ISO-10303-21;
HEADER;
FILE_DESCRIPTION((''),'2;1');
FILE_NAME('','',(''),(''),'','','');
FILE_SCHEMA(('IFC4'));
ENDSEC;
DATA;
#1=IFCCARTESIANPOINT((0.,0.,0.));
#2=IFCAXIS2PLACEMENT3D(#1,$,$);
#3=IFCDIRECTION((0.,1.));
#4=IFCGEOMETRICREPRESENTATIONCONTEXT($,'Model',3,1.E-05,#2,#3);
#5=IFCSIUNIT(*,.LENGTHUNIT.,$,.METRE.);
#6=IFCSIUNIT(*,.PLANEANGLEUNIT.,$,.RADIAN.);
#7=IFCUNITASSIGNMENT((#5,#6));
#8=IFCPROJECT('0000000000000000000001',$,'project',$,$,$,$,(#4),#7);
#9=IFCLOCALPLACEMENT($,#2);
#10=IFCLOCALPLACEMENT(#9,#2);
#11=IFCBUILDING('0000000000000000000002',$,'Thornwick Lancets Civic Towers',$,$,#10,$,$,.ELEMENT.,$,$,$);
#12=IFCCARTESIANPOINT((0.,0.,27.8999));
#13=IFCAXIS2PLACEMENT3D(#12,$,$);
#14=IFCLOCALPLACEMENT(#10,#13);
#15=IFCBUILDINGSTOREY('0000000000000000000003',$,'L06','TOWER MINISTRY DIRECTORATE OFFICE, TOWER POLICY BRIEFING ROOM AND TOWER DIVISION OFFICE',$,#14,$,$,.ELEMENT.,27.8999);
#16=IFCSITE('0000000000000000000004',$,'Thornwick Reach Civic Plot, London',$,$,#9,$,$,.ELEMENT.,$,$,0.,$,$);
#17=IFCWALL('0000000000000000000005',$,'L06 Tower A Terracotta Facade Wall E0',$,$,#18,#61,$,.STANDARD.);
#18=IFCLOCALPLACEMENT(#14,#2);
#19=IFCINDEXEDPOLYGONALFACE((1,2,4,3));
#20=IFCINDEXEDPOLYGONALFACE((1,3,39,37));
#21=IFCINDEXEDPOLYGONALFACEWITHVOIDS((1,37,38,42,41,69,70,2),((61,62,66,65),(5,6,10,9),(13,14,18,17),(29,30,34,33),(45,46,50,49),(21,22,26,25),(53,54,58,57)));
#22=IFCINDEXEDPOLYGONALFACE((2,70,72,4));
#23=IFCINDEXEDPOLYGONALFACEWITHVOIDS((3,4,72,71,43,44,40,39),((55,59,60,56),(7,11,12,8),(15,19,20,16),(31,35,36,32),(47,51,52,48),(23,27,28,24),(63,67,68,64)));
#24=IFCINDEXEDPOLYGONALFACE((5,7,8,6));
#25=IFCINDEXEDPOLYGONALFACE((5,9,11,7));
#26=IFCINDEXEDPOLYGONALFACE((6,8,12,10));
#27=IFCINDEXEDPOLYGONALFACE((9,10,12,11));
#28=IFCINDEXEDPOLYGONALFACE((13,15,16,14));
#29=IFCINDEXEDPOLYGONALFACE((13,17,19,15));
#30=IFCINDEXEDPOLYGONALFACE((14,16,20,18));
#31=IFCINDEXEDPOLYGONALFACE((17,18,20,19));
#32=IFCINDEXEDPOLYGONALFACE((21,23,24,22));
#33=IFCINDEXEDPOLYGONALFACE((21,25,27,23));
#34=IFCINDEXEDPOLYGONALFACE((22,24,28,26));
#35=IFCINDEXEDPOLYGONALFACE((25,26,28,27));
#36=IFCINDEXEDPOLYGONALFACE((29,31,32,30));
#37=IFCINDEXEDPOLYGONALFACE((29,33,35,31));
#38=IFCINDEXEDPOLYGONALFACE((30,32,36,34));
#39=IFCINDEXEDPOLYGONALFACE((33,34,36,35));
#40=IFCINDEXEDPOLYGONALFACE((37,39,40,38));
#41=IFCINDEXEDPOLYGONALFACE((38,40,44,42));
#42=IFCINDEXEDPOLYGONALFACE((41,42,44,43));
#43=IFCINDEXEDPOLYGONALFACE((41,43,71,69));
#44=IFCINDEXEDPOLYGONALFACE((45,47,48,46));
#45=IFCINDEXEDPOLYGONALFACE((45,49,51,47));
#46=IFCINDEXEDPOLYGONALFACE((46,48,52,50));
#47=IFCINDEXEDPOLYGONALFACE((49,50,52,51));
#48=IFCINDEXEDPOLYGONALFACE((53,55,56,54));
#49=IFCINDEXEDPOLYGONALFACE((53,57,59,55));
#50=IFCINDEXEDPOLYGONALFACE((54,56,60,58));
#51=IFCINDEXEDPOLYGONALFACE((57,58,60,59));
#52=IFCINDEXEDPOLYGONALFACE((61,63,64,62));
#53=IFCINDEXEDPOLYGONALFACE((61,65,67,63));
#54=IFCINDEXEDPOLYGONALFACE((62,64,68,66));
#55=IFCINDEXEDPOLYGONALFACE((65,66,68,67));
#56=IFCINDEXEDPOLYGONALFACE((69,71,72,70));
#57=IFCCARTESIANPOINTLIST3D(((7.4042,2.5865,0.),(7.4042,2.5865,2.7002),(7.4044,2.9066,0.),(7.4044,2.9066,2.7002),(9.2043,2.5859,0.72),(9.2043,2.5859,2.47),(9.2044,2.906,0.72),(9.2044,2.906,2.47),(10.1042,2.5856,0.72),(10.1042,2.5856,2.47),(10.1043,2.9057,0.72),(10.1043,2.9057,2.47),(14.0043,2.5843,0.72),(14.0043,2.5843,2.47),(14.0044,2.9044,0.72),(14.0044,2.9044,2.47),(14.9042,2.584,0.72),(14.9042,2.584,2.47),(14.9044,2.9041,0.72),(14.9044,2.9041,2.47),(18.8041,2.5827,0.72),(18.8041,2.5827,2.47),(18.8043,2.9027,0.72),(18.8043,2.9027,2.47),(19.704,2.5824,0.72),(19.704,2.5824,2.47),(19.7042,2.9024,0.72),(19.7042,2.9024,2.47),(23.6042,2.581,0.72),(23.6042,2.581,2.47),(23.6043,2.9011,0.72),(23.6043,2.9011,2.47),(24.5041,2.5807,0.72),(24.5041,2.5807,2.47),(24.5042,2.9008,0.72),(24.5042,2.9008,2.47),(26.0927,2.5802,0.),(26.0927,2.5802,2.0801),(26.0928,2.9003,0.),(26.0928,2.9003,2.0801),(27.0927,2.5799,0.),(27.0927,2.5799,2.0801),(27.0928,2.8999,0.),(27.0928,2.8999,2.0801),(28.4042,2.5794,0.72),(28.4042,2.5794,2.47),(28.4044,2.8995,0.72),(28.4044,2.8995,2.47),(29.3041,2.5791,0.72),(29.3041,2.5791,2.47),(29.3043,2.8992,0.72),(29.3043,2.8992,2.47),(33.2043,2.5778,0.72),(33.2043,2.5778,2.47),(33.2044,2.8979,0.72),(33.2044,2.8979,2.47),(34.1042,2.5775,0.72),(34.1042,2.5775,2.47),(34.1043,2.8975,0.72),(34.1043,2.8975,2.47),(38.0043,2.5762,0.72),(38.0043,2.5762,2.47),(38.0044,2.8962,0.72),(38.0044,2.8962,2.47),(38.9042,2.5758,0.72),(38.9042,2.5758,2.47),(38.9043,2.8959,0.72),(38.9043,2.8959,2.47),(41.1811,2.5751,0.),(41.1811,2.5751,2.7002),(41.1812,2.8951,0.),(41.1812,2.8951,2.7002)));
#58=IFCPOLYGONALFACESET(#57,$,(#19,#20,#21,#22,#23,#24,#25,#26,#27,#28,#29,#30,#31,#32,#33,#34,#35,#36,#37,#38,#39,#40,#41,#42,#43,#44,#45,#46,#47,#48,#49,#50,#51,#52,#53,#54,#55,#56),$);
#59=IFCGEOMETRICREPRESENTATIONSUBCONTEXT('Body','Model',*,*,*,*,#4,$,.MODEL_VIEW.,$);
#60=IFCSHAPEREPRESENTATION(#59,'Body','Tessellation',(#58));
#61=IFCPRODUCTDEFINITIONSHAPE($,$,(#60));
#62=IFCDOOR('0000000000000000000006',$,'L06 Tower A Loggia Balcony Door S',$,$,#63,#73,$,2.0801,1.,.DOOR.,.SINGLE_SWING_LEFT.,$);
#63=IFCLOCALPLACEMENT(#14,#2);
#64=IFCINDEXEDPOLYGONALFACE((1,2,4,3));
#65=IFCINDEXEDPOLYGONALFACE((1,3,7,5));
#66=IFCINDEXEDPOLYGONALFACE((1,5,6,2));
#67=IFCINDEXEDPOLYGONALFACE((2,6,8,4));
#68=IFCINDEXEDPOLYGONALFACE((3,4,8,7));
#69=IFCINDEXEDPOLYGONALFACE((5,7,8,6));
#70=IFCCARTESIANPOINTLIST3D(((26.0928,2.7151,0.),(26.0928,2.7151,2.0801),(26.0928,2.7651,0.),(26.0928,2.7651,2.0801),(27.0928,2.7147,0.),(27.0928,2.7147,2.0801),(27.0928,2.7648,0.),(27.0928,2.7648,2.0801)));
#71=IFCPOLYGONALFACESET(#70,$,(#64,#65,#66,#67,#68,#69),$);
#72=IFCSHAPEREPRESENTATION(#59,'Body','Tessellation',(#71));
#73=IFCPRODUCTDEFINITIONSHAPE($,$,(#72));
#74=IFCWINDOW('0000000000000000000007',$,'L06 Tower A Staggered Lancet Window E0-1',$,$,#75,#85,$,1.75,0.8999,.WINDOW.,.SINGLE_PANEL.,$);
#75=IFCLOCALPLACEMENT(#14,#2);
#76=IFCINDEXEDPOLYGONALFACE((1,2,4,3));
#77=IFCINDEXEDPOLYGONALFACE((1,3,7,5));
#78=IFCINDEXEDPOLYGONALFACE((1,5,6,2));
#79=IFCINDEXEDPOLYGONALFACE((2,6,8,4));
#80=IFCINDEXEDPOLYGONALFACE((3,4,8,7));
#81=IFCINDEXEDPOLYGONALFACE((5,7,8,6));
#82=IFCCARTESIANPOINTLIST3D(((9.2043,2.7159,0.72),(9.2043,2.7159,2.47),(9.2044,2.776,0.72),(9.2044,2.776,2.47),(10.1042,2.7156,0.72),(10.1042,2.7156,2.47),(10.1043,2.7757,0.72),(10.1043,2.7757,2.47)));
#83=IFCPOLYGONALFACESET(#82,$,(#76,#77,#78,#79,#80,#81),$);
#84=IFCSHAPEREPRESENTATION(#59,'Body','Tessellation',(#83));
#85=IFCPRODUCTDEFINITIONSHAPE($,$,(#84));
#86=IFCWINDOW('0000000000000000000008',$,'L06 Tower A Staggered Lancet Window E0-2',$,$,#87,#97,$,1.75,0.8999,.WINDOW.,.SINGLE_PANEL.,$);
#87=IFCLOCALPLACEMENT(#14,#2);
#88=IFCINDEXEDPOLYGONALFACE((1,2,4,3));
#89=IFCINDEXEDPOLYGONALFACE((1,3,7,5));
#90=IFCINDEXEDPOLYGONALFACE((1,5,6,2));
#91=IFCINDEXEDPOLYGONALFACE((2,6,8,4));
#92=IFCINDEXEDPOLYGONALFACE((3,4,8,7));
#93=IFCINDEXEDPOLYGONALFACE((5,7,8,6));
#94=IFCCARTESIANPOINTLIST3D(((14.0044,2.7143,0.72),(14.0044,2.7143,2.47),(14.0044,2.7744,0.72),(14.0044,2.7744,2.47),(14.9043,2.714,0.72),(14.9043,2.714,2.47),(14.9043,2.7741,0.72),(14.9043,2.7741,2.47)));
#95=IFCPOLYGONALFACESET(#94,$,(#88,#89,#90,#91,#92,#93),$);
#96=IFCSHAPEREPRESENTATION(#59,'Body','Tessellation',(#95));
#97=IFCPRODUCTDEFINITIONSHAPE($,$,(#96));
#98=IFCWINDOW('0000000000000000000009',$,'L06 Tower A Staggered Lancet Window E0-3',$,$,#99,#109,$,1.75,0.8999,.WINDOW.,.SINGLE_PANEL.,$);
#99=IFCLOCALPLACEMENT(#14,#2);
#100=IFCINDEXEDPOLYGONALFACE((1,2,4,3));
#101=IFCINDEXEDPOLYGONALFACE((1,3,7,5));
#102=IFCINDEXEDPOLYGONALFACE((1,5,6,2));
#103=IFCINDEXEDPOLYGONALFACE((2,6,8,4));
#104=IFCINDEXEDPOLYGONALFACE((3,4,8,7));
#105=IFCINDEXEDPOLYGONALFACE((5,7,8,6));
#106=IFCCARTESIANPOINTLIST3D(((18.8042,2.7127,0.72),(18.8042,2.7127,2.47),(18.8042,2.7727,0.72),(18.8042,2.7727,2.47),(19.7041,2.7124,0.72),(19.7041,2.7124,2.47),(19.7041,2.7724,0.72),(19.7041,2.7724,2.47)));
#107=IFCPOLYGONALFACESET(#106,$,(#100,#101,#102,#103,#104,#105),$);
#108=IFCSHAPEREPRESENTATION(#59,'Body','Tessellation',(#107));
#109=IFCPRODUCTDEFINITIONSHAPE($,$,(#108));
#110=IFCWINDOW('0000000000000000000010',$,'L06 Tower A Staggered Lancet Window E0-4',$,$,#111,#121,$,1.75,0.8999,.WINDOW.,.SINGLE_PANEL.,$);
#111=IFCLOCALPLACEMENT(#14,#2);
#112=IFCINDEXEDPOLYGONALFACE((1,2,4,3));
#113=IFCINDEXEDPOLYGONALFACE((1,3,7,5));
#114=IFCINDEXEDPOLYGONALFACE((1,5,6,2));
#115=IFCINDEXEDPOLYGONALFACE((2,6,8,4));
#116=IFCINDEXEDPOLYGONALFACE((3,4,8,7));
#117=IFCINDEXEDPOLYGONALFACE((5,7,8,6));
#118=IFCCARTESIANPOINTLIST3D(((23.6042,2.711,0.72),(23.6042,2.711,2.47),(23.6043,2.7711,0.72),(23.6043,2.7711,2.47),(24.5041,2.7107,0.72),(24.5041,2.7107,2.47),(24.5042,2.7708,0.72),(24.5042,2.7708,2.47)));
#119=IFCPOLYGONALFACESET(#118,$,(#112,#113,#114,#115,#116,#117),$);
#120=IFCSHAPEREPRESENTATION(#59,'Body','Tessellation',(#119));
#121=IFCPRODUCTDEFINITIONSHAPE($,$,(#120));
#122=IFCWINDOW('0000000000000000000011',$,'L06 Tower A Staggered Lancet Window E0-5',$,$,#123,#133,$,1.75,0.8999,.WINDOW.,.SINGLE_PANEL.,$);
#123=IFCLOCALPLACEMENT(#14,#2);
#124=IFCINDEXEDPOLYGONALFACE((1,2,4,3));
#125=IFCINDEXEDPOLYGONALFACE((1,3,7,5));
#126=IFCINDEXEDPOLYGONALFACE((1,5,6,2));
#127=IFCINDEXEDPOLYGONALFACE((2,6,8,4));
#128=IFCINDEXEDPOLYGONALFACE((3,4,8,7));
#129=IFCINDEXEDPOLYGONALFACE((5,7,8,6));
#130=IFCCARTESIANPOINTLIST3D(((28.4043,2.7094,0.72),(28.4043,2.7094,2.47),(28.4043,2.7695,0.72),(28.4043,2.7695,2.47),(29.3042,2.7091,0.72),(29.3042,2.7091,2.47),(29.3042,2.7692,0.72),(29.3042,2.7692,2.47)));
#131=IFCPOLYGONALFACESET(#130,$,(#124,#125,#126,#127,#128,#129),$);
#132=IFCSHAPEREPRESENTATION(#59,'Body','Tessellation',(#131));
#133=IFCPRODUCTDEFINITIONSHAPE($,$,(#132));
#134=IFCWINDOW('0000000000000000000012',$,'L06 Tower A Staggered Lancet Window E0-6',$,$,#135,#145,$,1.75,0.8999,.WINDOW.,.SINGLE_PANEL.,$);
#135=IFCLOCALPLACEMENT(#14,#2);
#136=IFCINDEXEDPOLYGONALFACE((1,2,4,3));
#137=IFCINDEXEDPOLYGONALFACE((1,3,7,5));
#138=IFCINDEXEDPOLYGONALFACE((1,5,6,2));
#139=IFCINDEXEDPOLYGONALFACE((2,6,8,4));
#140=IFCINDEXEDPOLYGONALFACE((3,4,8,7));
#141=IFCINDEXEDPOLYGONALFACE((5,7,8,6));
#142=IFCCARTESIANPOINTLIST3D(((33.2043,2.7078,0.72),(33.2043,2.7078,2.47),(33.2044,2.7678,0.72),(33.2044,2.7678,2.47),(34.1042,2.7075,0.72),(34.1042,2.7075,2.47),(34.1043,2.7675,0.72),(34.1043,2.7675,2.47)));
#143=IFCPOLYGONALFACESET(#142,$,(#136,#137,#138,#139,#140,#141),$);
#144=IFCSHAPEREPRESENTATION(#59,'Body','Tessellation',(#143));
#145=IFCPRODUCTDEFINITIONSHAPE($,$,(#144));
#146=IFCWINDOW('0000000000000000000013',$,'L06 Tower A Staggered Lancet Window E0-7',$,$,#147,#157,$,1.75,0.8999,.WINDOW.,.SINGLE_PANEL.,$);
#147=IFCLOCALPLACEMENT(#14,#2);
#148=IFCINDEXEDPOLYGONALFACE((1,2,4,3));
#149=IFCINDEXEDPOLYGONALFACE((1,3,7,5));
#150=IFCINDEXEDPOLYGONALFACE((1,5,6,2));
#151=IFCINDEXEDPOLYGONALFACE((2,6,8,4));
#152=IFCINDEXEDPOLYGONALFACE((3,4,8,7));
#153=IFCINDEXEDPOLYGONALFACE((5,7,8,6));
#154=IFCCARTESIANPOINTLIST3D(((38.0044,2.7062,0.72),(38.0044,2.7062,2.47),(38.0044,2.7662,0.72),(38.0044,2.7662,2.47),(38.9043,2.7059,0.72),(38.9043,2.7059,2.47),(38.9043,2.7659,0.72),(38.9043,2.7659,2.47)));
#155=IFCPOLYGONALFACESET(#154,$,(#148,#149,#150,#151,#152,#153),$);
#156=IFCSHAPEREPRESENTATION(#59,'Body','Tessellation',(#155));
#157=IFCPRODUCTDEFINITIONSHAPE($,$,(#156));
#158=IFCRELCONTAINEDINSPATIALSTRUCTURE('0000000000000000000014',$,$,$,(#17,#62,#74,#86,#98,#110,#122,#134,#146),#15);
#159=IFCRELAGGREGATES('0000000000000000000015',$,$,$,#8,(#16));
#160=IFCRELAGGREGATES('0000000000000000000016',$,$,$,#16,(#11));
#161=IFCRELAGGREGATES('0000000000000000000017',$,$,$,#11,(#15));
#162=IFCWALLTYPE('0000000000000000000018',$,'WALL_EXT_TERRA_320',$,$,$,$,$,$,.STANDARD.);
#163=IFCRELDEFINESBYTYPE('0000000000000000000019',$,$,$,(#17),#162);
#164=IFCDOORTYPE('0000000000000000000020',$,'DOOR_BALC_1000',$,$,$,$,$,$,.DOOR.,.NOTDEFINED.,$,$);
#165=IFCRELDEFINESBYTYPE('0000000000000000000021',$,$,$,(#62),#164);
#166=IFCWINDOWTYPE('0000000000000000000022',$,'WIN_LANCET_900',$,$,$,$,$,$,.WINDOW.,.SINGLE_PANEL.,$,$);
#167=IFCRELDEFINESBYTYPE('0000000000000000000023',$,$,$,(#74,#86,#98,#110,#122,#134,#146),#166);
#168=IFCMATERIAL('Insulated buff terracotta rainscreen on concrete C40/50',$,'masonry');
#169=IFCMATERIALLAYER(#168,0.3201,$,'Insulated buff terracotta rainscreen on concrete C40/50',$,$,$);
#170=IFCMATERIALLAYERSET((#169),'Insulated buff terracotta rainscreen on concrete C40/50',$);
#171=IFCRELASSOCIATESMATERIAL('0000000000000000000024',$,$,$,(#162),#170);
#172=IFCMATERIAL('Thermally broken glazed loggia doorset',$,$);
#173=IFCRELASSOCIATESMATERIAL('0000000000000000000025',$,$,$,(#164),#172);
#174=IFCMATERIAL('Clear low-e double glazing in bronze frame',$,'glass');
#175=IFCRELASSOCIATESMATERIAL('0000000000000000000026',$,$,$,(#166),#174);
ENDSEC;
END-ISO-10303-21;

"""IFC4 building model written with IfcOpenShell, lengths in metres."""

from ifc_helpers import new_model, si_unit, direction, frame, frame_2d, origin, place, context, subcontext, project, spatial, rectangle, extrude, material, layer, layer_set, type_object, element, fill, save


model = new_model("IFC4")

# Units and contexts
model_context = context("Model", 3, precision=1e-05, world=origin(), true_north=direction((0.0, 1.0)))
body_context = subcontext(model_context, "Body", "Model", "MODEL_VIEW")
ifc_project = project(units=[si_unit("LENGTHUNIT", "METRE"), si_unit("PLANEANGLEUNIT", "RADIAN")], contexts=[model_context])

# Site, building, storey
site_placement = place(None, origin())
site = spatial("IfcSite", under=ifc_project, at=site_placement, Name="Thornwick Reach Civic Plot, London", CompositionType="ELEMENT", RefElevation=0.0)
building_placement = place(site_placement, origin())
building = spatial("IfcBuilding", under=site, at=building_placement, Name="Thornwick Lancets Civic Towers", CompositionType="ELEMENT")
storey_placement = place(building_placement, frame((0.0, 0.0, 27.8999)))
storey = spatial("IfcBuildingStorey", under=building, at=storey_placement, Name="L06", Description="TOWER MINISTRY DIRECTORATE OFFICE, TOWER POLICY BRIEFING ROOM AND TOWER DIVISION OFFICE", CompositionType="ELEMENT", Elevation=27.8999)

# Wall, openings, door, windows
ifc_material_1 = material(Name="Insulated buff terracotta rainscreen on concrete C40/50", Category="masonry")
ifc_layer_1 = layer(ifc_material_1, 0.3201, Name="Insulated buff terracotta rainscreen on concrete C40/50")
ifc_layer_set_1 = layer_set([ifc_layer_1], Name="Insulated buff terracotta rainscreen on concrete C40/50")
wall_type_1 = type_object("IfcWallType", Name="WALL_EXT_TERRA_320", PredefinedType="STANDARD", material=ifc_layer_set_1)
wall_1_placement = place(storey_placement, frame((7.4043, 2.7466, 0.0), z_axis=(0.0, 0.0, 1.0), x_axis=(1.0, -0.00034, 0.0)))
wall_1 = element("IfcWall", 1, at=wall_1_placement, inside=storey, type_object=wall_type_1, Name="L06 Tower A Terracotta Facade Wall E0", PredefinedType="STANDARD", context=body_context, shape_type="SweptSolid", body=[
    extrude(rectangle(XDim=33.7769, YDim=0.3201, at=frame_2d((16.8884, 0.0))), origin(), (0.0, 0.0, 1.0), 2.7002),
])
opening_1_placement = place(wall_1_placement, frame((18.6885, 0.0, 0.0)))
opening_1 = element("IfcOpeningElement", 2, at=opening_1_placement, cuts=wall_1, PredefinedType="OPENING", context=body_context, shape_type="SweptSolid", body=[
    extrude(rectangle(XDim=1.0, YDim=2.0801, at=frame_2d((0.5, 1.04))), frame((0.0, 0.1699, 0.0), z_axis=(0.0, -1.0, 0.0), x_axis=(1.0, 0.0, 0.0)), (0.0, 0.0, 1.0), 0.3401),
])
opening_2_placement = place(wall_1_placement, frame((1.8, 0.0, 0.72)))
opening_2 = element("IfcOpeningElement", 3, at=opening_2_placement, cuts=wall_1, PredefinedType="OPENING", context=body_context, shape_type="SweptSolid", body=[
    extrude(rectangle(XDim=0.8999, YDim=1.75, at=frame_2d((0.45, 0.875))), frame((0.0, 0.1699, 0.0), z_axis=(0.0, -1.0, 0.0), x_axis=(1.0, 0.0, 0.0)), (0.0, 0.0, 1.0), 0.3401),
])
opening_3_placement = place(wall_1_placement, frame((6.6001, 0.0, 0.72)))
opening_3 = element("IfcOpeningElement", 4, at=opening_3_placement, cuts=wall_1, PredefinedType="OPENING", context=body_context, shape_type="SweptSolid", body=[
    extrude(rectangle(XDim=0.8999, YDim=1.75, at=frame_2d((0.45, 0.875))), frame((0.0, 0.1699, 0.0), z_axis=(0.0, -1.0, 0.0), x_axis=(1.0, 0.0, 0.0)), (0.0, 0.0, 1.0), 0.3401),
])
opening_4_placement = place(wall_1_placement, frame((11.3999, 0.0, 0.72)))
opening_4 = element("IfcOpeningElement", 5, at=opening_4_placement, cuts=wall_1, PredefinedType="OPENING", context=body_context, shape_type="SweptSolid", body=[
    extrude(rectangle(XDim=0.8999, YDim=1.75, at=frame_2d((0.45, 0.875))), frame((0.0, 0.1699, 0.0), z_axis=(0.0, -1.0, 0.0), x_axis=(1.0, 0.0, 0.0)), (0.0, 0.0, 1.0), 0.3401),
])
opening_5_placement = place(wall_1_placement, frame((16.2, 0.0, 0.72)))
opening_5 = element("IfcOpeningElement", 6, at=opening_5_placement, cuts=wall_1, PredefinedType="OPENING", context=body_context, shape_type="SweptSolid", body=[
    extrude(rectangle(XDim=0.8999, YDim=1.75, at=frame_2d((0.45, 0.875))), frame((0.0, 0.1699, 0.0), z_axis=(0.0, -1.0, 0.0), x_axis=(1.0, 0.0, 0.0)), (0.0, 0.0, 1.0), 0.3401),
])
opening_6_placement = place(wall_1_placement, frame((21.0, 0.0, 0.72)))
opening_6 = element("IfcOpeningElement", 7, at=opening_6_placement, cuts=wall_1, PredefinedType="OPENING", context=body_context, shape_type="SweptSolid", body=[
    extrude(rectangle(XDim=0.8999, YDim=1.75, at=frame_2d((0.45, 0.875))), frame((0.0, 0.1699, 0.0), z_axis=(0.0, -1.0, 0.0), x_axis=(1.0, 0.0, 0.0)), (0.0, 0.0, 1.0), 0.3401),
])
opening_7_placement = place(wall_1_placement, frame((25.8, 0.0, 0.72)))
opening_7 = element("IfcOpeningElement", 8, at=opening_7_placement, cuts=wall_1, PredefinedType="OPENING", context=body_context, shape_type="SweptSolid", body=[
    extrude(rectangle(XDim=0.8999, YDim=1.75, at=frame_2d((0.45, 0.875))), frame((0.0, 0.1699, 0.0), z_axis=(0.0, -1.0, 0.0), x_axis=(1.0, 0.0, 0.0)), (0.0, 0.0, 1.0), 0.3401),
])
opening_8_placement = place(wall_1_placement, frame((30.6001, 0.0, 0.72)))
opening_8 = element("IfcOpeningElement", 9, at=opening_8_placement, cuts=wall_1, PredefinedType="OPENING", context=body_context, shape_type="SweptSolid", body=[
    extrude(rectangle(XDim=0.8999, YDim=1.75, at=frame_2d((0.45, 0.875))), frame((0.0, 0.1699, 0.0), z_axis=(0.0, -1.0, 0.0), x_axis=(1.0, 0.0, 0.0)), (0.0, 0.0, 1.0), 0.3401),
])
ifc_material_2 = material(Name="Thermally broken glazed loggia doorset")
door_type = type_object("IfcDoorType", Name="DOOR_BALC_1000", OperationType="NOTDEFINED", PredefinedType="DOOR", material=ifc_material_2)
door_placement = place(opening_1_placement, origin())
door = element("IfcDoor", 10, at=door_placement, inside=storey, type_object=door_type, Name="L06 Tower A Loggia Balcony Door S", OperationType="SINGLE_SWING_LEFT", OverallHeight=2.0801, OverallWidth=1.0, PredefinedType="DOOR", context=body_context, shape_type="SweptSolid", body=[
    extrude(rectangle(XDim=1.0, YDim=2.0801, at=frame_2d((0.5, 1.04))), frame((0.0, 0.0249, 0.0), z_axis=(0.0, -1.0, 0.0), x_axis=(1.0, 0.0, 0.0)), (0.0, 0.0, 1.0), 0.05),
])
fill(opening_1, door)
ifc_material_3 = material(Name="Clear low-e double glazing in bronze frame", Category="glass")
window_type = type_object("IfcWindowType", Name="WIN_LANCET_900", PartitioningType="SINGLE_PANEL", PredefinedType="WINDOW", material=ifc_material_3)
window_1_placement = place(opening_2_placement, origin())
window_1 = element("IfcWindow", 11, at=window_1_placement, inside=storey, type_object=window_type, Name="L06 Tower A Staggered Lancet Window E0-1", OverallHeight=1.75, OverallWidth=0.8999, PartitioningType="SINGLE_PANEL", PredefinedType="WINDOW", context=body_context, shape_type="SweptSolid", body=[
    extrude(rectangle(XDim=0.8999, YDim=1.75, at=frame_2d((0.45, 0.875))), frame((0.0, 0.03, 0.0), z_axis=(0.0, -1.0, 0.0), x_axis=(1.0, 0.0, 0.0)), (0.0, 0.0, 1.0), 0.0601),
])
fill(opening_2, window_1)
window_2_placement = place(opening_3_placement, origin())
window_2 = element("IfcWindow", 12, at=window_2_placement, inside=storey, type_object=window_type, Name="L06 Tower A Staggered Lancet Window E0-2", OverallHeight=1.75, OverallWidth=0.8999, PartitioningType="SINGLE_PANEL", PredefinedType="WINDOW", context=body_context, shape_type="SweptSolid", body=[
    extrude(rectangle(XDim=0.8999, YDim=1.75, at=frame_2d((0.45, 0.875))), frame((0.0, 0.03, 0.0), z_axis=(0.0, -1.0, 0.0), x_axis=(1.0, 0.0, 0.0)), (0.0, 0.0, 1.0), 0.0601),
])
fill(opening_3, window_2)
window_3_placement = place(opening_4_placement, origin())
window_3 = element("IfcWindow", 13, at=window_3_placement, inside=storey, type_object=window_type, Name="L06 Tower A Staggered Lancet Window E0-3", OverallHeight=1.75, OverallWidth=0.8999, PartitioningType="SINGLE_PANEL", PredefinedType="WINDOW", context=body_context, shape_type="SweptSolid", body=[
    extrude(rectangle(XDim=0.8999, YDim=1.75, at=frame_2d((0.45, 0.875))), frame((0.0, 0.03, 0.0), z_axis=(0.0, -1.0, 0.0), x_axis=(1.0, 0.0, 0.0)), (0.0, 0.0, 1.0), 0.0601),
])
fill(opening_4, window_3)
window_4_placement = place(opening_5_placement, origin())
window_4 = element("IfcWindow", 14, at=window_4_placement, inside=storey, type_object=window_type, Name="L06 Tower A Staggered Lancet Window E0-4", OverallHeight=1.75, OverallWidth=0.8999, PartitioningType="SINGLE_PANEL", PredefinedType="WINDOW", context=body_context, shape_type="SweptSolid", body=[
    extrude(rectangle(XDim=0.8999, YDim=1.75, at=frame_2d((0.45, 0.875))), frame((0.0, 0.03, 0.0), z_axis=(0.0, -1.0, 0.0), x_axis=(1.0, 0.0, 0.0)), (0.0, 0.0, 1.0), 0.0601),
])
fill(opening_5, window_4)
window_5_placement = place(opening_6_placement, origin())
window_5 = element("IfcWindow", 15, at=window_5_placement, inside=storey, type_object=window_type, Name="L06 Tower A Staggered Lancet Window E0-5", OverallHeight=1.75, OverallWidth=0.8999, PartitioningType="SINGLE_PANEL", PredefinedType="WINDOW", context=body_context, shape_type="SweptSolid", body=[
    extrude(rectangle(XDim=0.8999, YDim=1.75, at=frame_2d((0.45, 0.875))), frame((0.0, 0.03, 0.0), z_axis=(0.0, -1.0, 0.0), x_axis=(1.0, 0.0, 0.0)), (0.0, 0.0, 1.0), 0.0601),
])
fill(opening_6, window_5)
window_6_placement = place(opening_7_placement, origin())
window_6 = element("IfcWindow", 16, at=window_6_placement, inside=storey, type_object=window_type, Name="L06 Tower A Staggered Lancet Window E0-6", OverallHeight=1.75, OverallWidth=0.8999, PartitioningType="SINGLE_PANEL", PredefinedType="WINDOW", context=body_context, shape_type="SweptSolid", body=[
    extrude(rectangle(XDim=0.8999, YDim=1.75, at=frame_2d((0.45, 0.875))), frame((0.0, 0.03, 0.0), z_axis=(0.0, -1.0, 0.0), x_axis=(1.0, 0.0, 0.0)), (0.0, 0.0, 1.0), 0.0601),
])
fill(opening_7, window_6)
window_7_placement = place(opening_8_placement, origin())
window_7 = element("IfcWindow", 17, at=window_7_placement, inside=storey, type_object=window_type, Name="L06 Tower A Staggered Lancet Window E0-7", OverallHeight=1.75, OverallWidth=0.8999, PartitioningType="SINGLE_PANEL", PredefinedType="WINDOW", context=body_context, shape_type="SweptSolid", body=[
    extrude(rectangle(XDim=0.8999, YDim=1.75, at=frame_2d((0.45, 0.875))), frame((0.0, 0.03, 0.0), z_axis=(0.0, -1.0, 0.0), x_axis=(1.0, 0.0, 0.0)), (0.0, 0.0, 1.0), 0.0601),
])
fill(opening_8, window_7)

save(model, "model.ifc")
